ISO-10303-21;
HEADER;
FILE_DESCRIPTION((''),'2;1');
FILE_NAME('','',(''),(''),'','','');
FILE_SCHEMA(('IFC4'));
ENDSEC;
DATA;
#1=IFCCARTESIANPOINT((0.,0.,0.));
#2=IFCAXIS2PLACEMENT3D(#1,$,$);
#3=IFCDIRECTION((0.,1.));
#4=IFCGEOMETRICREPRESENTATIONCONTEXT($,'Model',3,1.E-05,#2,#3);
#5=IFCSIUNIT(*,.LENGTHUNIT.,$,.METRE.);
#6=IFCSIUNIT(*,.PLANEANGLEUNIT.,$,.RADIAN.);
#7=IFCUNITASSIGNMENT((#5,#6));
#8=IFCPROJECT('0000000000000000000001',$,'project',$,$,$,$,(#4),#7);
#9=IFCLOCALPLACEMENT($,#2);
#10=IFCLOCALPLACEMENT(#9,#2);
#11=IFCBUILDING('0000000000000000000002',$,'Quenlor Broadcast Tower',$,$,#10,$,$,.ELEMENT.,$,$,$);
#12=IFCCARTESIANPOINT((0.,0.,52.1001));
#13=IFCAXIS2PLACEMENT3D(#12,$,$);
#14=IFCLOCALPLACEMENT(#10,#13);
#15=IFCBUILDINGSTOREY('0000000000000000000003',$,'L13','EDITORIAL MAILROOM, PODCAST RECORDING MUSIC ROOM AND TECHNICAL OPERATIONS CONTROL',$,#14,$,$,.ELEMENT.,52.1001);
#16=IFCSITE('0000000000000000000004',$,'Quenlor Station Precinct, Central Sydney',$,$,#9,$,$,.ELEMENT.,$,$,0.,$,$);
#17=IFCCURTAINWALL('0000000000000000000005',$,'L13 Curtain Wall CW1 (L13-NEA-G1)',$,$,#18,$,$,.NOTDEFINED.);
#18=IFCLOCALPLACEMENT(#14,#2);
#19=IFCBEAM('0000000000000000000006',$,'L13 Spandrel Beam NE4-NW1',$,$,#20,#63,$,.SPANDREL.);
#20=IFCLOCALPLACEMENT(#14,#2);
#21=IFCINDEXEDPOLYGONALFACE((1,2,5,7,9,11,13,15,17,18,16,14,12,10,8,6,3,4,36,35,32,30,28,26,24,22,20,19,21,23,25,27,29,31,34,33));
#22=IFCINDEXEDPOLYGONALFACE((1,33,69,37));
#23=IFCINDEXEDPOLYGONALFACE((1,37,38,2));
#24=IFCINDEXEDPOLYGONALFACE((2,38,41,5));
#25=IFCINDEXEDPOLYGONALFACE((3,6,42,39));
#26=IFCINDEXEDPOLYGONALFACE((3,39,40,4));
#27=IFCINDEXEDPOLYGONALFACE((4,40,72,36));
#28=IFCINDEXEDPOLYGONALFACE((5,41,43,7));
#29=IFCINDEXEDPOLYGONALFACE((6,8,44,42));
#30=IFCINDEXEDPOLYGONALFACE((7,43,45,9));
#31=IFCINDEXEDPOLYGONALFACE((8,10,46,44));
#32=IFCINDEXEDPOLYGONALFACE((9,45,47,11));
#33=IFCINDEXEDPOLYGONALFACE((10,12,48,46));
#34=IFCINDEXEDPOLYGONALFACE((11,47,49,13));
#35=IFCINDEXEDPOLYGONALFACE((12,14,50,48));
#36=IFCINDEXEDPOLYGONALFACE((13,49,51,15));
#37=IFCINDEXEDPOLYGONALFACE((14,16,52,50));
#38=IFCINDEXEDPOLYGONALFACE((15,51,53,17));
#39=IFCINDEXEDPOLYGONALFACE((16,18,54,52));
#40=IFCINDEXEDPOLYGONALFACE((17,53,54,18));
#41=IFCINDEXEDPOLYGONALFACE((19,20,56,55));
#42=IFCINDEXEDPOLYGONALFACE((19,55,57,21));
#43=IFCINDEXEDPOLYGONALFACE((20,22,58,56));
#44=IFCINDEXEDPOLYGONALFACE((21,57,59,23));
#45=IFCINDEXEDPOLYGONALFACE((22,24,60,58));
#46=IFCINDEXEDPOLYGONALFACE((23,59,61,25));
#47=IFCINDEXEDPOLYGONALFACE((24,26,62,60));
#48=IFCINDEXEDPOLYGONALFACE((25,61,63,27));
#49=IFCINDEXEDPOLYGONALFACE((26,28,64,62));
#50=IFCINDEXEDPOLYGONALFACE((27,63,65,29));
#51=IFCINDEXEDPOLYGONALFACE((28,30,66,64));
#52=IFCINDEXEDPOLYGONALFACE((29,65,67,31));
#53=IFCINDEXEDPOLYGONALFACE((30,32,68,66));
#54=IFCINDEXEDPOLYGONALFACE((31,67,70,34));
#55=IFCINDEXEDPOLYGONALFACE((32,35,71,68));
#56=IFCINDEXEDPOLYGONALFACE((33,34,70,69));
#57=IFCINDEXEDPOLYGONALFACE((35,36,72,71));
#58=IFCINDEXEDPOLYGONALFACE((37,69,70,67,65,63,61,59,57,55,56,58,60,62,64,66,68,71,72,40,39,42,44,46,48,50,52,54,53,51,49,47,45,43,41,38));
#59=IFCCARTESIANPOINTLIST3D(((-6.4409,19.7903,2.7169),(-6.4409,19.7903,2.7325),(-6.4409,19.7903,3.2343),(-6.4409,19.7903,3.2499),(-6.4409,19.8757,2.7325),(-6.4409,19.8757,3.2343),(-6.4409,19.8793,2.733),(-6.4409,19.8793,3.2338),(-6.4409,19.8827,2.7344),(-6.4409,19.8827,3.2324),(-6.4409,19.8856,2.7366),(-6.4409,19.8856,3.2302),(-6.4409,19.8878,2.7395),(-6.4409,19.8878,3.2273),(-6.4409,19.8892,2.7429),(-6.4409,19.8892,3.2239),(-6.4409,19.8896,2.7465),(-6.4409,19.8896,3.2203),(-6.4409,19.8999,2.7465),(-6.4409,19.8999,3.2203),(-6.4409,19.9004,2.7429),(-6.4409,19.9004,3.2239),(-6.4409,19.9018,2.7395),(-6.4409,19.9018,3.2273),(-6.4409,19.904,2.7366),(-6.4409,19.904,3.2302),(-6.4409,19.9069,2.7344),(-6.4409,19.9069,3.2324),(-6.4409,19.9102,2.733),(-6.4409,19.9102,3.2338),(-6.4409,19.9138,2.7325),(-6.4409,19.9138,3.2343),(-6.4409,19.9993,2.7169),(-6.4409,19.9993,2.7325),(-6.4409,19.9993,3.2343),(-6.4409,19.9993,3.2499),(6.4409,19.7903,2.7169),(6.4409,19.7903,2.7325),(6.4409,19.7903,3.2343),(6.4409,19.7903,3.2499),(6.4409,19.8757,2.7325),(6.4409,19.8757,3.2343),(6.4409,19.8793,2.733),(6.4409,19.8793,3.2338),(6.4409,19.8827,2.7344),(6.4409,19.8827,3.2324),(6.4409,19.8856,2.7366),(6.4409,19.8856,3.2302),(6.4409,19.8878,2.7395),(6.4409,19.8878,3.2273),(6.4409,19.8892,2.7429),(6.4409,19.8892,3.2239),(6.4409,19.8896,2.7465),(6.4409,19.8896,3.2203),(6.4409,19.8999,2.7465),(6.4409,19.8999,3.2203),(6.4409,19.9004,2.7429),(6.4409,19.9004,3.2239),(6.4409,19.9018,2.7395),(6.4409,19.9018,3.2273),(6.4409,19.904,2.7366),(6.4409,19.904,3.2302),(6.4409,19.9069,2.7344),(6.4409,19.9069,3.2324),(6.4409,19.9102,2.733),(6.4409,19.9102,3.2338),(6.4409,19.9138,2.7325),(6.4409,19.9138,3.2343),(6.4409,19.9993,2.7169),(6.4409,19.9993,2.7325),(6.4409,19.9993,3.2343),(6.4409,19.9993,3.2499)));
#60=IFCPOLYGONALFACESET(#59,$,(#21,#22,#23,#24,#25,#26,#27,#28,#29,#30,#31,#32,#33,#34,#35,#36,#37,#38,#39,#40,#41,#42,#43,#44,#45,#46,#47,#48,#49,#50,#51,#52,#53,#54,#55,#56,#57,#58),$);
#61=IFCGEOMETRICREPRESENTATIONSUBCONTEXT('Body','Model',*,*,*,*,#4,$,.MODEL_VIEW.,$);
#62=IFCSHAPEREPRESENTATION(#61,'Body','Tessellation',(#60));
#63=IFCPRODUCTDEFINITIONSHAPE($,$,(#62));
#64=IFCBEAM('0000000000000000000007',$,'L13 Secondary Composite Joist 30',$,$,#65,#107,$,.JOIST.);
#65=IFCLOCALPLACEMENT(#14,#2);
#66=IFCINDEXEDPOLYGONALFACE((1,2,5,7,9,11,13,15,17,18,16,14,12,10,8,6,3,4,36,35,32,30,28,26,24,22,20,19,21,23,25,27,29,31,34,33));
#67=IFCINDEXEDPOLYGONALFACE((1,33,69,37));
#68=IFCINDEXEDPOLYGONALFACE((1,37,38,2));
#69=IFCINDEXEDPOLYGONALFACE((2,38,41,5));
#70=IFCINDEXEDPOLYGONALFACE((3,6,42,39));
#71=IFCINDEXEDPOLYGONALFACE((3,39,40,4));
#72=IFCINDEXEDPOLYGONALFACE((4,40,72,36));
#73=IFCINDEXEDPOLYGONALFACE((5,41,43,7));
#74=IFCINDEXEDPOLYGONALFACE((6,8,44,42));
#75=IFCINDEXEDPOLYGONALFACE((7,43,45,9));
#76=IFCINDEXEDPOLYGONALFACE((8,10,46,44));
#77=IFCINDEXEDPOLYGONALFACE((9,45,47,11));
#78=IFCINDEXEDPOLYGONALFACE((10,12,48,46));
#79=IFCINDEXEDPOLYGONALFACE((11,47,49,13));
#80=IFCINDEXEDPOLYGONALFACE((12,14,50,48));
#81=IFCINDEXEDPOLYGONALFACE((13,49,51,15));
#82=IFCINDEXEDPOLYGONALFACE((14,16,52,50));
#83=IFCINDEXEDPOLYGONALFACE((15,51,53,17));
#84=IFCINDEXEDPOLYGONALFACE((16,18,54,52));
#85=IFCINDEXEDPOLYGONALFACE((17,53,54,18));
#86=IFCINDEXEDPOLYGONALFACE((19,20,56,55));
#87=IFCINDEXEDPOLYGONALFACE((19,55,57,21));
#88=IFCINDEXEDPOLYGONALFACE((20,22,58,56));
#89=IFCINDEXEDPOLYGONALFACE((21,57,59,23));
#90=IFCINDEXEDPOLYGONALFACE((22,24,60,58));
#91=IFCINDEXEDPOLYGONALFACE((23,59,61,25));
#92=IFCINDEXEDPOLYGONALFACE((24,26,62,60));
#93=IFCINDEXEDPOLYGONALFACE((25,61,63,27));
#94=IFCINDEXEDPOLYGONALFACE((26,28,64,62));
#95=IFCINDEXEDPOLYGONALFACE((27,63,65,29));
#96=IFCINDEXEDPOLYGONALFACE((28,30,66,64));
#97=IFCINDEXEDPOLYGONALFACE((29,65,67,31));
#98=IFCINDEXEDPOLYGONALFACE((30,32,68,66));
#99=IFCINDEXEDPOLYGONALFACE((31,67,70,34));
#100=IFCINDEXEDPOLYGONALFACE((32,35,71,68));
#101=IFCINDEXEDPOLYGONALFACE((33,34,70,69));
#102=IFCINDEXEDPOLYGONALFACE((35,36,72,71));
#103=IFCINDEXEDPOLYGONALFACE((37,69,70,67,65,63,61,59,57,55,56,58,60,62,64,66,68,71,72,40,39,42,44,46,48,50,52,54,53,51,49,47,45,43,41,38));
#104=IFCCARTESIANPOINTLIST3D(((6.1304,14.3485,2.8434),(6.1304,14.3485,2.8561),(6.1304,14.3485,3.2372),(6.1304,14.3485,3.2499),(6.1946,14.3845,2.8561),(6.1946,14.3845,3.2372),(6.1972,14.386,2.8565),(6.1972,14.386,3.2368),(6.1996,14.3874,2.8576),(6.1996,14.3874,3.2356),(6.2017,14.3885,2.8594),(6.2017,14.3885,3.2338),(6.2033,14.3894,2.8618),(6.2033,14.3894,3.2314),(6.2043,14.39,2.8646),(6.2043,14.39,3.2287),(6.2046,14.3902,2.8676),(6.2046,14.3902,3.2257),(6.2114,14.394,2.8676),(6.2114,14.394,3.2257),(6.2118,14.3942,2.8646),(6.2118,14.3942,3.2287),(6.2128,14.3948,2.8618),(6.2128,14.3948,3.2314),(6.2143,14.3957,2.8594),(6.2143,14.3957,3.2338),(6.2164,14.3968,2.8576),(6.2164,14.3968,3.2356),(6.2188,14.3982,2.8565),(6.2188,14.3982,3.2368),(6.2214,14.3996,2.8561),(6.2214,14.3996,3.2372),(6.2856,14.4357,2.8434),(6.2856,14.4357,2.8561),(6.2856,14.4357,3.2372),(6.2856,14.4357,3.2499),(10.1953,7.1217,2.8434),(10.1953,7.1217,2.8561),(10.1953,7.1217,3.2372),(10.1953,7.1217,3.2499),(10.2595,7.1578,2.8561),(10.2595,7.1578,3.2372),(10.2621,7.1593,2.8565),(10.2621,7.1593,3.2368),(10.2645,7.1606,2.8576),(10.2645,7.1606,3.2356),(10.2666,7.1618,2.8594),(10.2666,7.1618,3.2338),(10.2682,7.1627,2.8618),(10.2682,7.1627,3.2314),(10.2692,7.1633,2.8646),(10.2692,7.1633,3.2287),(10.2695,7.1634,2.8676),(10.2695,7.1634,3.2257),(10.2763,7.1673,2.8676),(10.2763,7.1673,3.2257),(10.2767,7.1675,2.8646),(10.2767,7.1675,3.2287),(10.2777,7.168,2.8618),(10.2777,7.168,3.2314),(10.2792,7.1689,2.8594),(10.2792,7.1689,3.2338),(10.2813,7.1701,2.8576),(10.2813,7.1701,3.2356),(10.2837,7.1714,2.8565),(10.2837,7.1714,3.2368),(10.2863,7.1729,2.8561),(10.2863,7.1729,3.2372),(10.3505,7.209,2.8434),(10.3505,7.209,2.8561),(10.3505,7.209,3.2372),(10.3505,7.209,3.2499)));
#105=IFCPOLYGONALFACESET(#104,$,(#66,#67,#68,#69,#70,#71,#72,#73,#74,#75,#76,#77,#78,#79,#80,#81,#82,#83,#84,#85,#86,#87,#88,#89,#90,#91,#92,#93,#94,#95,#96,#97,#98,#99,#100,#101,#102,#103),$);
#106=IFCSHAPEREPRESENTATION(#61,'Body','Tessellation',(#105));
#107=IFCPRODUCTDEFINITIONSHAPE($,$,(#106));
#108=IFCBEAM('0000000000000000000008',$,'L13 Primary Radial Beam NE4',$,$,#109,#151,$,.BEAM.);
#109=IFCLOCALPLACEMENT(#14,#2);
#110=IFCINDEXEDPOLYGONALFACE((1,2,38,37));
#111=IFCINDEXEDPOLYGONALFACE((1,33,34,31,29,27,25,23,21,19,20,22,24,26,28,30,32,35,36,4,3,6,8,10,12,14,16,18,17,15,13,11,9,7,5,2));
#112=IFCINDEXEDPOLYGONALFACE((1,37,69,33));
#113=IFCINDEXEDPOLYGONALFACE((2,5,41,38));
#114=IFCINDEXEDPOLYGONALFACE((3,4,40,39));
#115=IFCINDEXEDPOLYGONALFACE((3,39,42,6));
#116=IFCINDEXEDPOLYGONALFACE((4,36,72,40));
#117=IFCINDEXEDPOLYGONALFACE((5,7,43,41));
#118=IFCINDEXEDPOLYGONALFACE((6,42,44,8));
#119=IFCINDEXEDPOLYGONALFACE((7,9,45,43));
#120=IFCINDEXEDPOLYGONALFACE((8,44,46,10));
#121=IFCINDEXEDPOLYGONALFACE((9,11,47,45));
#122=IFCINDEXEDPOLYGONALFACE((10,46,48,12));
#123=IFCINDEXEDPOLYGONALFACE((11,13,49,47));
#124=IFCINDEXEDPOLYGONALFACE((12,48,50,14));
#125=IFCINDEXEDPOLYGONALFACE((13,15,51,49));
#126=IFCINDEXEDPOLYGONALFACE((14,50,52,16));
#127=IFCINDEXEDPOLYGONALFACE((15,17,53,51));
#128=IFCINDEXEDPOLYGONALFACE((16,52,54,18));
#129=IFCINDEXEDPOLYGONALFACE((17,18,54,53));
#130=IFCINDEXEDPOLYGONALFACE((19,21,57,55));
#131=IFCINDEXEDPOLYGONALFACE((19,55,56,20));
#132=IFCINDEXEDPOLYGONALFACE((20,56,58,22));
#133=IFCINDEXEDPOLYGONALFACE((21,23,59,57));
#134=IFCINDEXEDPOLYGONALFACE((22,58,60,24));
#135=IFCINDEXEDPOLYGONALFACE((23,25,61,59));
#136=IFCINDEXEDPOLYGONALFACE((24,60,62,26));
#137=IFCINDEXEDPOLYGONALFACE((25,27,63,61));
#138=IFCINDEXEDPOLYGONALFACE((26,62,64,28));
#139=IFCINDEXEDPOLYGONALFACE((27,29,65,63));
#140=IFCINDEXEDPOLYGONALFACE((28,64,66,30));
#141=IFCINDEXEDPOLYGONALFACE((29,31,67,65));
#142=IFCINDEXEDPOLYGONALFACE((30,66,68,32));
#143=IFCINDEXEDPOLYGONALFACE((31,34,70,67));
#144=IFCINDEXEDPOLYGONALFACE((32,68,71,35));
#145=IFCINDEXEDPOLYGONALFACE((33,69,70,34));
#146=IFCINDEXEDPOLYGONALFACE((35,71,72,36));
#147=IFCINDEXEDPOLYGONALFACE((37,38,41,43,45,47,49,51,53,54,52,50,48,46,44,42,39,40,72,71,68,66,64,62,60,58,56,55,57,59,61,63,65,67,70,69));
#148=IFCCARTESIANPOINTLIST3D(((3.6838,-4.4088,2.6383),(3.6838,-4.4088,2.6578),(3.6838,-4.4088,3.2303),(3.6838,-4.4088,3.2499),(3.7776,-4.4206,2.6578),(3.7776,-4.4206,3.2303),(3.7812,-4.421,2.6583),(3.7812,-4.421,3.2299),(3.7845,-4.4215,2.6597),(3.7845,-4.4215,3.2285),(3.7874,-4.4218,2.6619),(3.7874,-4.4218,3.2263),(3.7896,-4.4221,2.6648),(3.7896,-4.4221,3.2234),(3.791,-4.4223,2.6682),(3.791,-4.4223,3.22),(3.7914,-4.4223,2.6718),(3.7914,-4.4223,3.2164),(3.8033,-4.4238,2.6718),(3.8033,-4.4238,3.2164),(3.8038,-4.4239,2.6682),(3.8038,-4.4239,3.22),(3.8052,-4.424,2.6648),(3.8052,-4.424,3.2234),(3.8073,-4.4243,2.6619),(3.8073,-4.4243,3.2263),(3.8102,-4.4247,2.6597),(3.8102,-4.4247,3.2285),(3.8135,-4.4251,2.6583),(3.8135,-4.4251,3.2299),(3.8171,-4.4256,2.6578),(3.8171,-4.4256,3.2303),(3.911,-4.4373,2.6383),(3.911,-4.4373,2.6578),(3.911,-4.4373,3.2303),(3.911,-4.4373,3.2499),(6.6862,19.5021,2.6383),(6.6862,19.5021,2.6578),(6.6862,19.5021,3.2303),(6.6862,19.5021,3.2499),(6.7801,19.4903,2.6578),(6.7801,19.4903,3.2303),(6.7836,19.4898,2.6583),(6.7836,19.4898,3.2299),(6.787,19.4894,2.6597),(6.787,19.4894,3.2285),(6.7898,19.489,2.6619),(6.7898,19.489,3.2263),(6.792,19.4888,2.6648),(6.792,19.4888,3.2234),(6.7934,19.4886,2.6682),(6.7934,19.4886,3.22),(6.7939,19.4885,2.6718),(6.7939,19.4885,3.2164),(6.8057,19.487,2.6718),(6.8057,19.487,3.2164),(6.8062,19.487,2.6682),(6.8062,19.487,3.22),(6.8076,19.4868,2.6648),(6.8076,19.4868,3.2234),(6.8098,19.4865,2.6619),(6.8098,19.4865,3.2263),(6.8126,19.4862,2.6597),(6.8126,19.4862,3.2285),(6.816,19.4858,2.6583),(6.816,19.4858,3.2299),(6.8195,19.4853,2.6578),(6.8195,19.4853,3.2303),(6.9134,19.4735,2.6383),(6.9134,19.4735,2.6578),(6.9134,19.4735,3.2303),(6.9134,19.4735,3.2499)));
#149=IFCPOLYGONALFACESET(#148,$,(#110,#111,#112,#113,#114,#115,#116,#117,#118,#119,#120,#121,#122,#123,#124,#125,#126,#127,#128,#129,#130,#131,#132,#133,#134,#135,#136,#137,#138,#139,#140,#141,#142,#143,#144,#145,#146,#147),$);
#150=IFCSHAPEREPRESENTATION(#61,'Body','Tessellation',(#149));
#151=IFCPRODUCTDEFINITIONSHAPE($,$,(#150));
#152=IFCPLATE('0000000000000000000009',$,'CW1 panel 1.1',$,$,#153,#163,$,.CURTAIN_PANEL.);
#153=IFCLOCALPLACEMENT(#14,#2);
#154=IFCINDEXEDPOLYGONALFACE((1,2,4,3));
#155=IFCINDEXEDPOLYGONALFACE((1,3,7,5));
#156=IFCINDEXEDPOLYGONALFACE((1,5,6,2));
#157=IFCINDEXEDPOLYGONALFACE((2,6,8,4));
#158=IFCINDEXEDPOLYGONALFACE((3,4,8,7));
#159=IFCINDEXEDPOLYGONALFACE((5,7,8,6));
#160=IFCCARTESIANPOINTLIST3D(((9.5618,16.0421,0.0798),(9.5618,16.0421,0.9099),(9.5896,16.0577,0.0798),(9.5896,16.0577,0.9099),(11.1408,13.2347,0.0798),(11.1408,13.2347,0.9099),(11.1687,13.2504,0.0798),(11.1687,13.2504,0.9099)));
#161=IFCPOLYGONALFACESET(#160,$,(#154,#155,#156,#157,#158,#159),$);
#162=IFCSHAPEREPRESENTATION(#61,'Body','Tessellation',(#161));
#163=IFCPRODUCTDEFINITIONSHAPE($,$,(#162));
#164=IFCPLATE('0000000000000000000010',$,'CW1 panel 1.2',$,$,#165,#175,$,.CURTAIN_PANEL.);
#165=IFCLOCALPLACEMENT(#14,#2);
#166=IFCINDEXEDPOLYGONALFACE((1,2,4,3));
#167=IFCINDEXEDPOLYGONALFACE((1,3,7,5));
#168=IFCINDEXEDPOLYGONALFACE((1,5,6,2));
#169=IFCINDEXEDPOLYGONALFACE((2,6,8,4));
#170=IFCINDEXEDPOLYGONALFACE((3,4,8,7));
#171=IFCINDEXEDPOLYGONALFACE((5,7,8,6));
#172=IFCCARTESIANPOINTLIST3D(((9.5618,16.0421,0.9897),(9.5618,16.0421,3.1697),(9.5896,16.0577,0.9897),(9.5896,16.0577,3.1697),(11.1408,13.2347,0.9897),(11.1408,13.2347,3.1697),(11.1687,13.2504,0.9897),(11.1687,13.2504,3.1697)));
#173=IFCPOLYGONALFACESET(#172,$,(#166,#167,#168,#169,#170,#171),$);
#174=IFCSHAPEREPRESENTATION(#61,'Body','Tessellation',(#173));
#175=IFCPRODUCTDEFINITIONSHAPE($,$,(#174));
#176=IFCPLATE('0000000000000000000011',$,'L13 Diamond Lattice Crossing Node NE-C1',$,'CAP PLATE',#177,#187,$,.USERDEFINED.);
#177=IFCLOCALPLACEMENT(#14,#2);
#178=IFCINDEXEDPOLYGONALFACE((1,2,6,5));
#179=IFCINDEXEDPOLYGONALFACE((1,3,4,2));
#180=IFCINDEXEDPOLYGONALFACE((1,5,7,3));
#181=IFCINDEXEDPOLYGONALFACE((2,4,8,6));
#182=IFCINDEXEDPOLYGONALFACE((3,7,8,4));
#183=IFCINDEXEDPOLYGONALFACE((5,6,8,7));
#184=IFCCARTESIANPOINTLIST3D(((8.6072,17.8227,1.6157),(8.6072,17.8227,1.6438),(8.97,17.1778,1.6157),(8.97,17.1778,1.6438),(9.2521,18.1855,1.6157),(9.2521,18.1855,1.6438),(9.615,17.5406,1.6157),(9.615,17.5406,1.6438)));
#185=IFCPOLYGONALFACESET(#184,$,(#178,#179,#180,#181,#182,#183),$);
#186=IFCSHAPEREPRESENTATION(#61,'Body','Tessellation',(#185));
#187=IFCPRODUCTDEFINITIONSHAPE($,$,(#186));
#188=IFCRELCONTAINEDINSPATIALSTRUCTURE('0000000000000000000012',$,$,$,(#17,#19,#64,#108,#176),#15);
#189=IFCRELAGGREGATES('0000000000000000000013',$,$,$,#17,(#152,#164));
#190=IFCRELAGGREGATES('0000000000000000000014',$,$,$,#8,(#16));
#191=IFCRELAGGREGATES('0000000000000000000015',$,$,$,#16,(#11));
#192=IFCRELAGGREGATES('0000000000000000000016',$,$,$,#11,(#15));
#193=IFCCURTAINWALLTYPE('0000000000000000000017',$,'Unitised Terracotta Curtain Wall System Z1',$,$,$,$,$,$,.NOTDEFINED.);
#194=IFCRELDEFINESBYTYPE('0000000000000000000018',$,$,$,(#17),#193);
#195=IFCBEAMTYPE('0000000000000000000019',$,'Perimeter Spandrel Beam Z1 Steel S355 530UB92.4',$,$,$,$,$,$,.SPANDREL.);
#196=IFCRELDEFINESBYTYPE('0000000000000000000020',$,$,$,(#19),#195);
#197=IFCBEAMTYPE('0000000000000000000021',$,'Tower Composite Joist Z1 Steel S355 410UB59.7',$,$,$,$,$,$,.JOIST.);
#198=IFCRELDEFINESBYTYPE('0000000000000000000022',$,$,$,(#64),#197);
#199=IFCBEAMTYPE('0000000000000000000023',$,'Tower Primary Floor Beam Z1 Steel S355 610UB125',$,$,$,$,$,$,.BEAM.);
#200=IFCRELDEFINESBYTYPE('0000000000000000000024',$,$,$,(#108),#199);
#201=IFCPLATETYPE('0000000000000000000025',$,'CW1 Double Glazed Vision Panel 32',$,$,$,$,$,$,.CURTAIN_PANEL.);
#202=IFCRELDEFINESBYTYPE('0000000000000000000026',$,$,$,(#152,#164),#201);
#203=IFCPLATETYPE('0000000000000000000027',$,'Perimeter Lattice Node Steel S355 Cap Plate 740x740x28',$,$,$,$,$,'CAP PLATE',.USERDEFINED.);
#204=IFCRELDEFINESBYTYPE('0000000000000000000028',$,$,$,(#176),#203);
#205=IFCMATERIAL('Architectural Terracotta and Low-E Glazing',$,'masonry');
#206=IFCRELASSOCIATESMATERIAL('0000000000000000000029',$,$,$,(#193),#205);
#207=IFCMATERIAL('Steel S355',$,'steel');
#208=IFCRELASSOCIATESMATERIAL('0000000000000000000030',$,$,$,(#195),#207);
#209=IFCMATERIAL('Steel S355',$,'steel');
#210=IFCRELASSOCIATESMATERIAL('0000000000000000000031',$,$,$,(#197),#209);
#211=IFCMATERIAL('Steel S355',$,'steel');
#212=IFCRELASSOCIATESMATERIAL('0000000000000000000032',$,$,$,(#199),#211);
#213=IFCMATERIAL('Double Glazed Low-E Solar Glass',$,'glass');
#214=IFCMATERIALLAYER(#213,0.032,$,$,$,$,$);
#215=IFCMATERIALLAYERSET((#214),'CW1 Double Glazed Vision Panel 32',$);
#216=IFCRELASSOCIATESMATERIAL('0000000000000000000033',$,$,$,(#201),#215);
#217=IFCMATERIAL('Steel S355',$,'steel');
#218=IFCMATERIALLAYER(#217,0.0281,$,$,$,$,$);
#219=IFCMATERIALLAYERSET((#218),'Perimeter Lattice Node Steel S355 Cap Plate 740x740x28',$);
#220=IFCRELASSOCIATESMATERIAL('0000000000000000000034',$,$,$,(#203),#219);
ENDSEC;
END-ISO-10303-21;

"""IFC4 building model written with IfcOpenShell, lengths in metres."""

from ifc_helpers import new_model, si_unit, direction, frame, origin, origin_2d, place, context, subcontext, project, spatial, rectangle, i_section, extrude, material, layer, layer_set, material_profile, profile_set, type_object, element, aggregate, save


model = new_model("IFC4")

# Units and contexts
model_context = context("Model", 3, precision=1e-05, world=origin(), true_north=direction((0.0, 1.0)))
body_context = subcontext(model_context, "Body", "Model", "MODEL_VIEW")
ifc_project = project(units=[si_unit("LENGTHUNIT", "METRE"), si_unit("PLANEANGLEUNIT", "RADIAN")], contexts=[model_context])

# Site, building, storey
site_placement = place(None, origin())
site = spatial("IfcSite", under=ifc_project, at=site_placement, Name="Quenlor Station Precinct, Central Sydney", CompositionType="ELEMENT", RefElevation=0.0)
building_placement = place(site_placement, origin())
building = spatial("IfcBuilding", under=site, at=building_placement, Name="Quenlor Broadcast Tower", CompositionType="ELEMENT")
storey_placement = place(building_placement, frame((0.0, 0.0, 52.1001)))
storey = spatial("IfcBuildingStorey", under=building, at=storey_placement, Name="L13", Description="EDITORIAL MAILROOM, PODCAST RECORDING MUSIC ROOM AND TECHNICAL OPERATIONS CONTROL", CompositionType="ELEMENT", Elevation=52.1001)

# Curtain wall
ifc_material_1 = material(Name="Architectural Terracotta and Low-E Glazing", Category="masonry")
curtain_wall_type = type_object("IfcCurtainWallType", Name="Unitised Terracotta Curtain Wall System Z1", PredefinedType="NOTDEFINED", material=ifc_material_1)
curtain_wall_placement = place(storey_placement, origin())
curtain_wall = element("IfcCurtainWall", 1, at=curtain_wall_placement, inside=storey, type_object=curtain_wall_type, Name="L13 Curtain Wall CW1 (L13-NEA-G1)", PredefinedType="NOTDEFINED")

# Beams
ifc_material_2 = material(Name="Steel S355", Category="steel")
ifc_material_profile_1 = material_profile(ifc_material_2, i_section(OverallWidth=0.209, OverallDepth=0.533, WebThickness=0.0103, FlangeThickness=0.0156, FilletRadius=0.0139, at=origin_2d()))
ifc_profile_set_1 = profile_set([ifc_material_profile_1], Name="Steel S355 530UB92.4")
beam_type_1 = type_object("IfcBeamType", Name="Perimeter Spandrel Beam Z1 Steel S355 530UB92.4", PredefinedType="SPANDREL", material=ifc_profile_set_1)
beam_1_placement = place(storey_placement, frame((6.4409, 19.8948, 2.9834), z_axis=(-1.0, 0.0, 0.0), x_axis=(0.0, -1.0, 0.0)))
element("IfcBeam", 2, at=beam_1_placement, inside=storey, type_object=beam_type_1, Name="L13 Spandrel Beam NE4-NW1", PredefinedType="SPANDREL", context=body_context, shape_type="SweptSolid", body=[
    extrude(i_section(OverallWidth=0.209, OverallDepth=0.533, WebThickness=0.0103, FlangeThickness=0.0156, FilletRadius=0.0139, at=origin_2d()), origin(), (0.0, 0.0, 1.0), 12.8818),
])
ifc_material_3 = material(Name="Steel S355", Category="steel")
ifc_material_profile_2 = material_profile(ifc_material_3, i_section(OverallWidth=0.178, OverallDepth=0.4065, WebThickness=0.0078, FlangeThickness=0.0127, FilletRadius=0.0115, at=origin_2d()))
ifc_profile_set_2 = profile_set([ifc_material_profile_2], Name="Steel S355 410UB59.7")
beam_type_2 = type_object("IfcBeamType", Name="Tower Composite Joist Z1 Steel S355 410UB59.7", PredefinedType="JOIST", material=ifc_profile_set_2)
beam_2_placement = place(storey_placement, frame((6.208, 14.3921, 3.0466), z_axis=(0.490249, -0.871583, 0.0), x_axis=(0.871583, 0.490249, 0.0)))
element("IfcBeam", 3, at=beam_2_placement, inside=storey, type_object=beam_type_2, Name="L13 Secondary Composite Joist 30", PredefinedType="JOIST", context=body_context, shape_type="SweptSolid", body=[
    extrude(i_section(OverallWidth=0.178, OverallDepth=0.4065, WebThickness=0.0078, FlangeThickness=0.0127, FilletRadius=0.0115, at=origin_2d()), origin(), (0.0, 0.0, 1.0), 8.2915),
])
ifc_material_4 = material(Name="Steel S355", Category="steel")
ifc_material_profile_3 = material_profile(ifc_material_4, i_section(OverallWidth=0.229, OverallDepth=0.6116, WebThickness=0.012, FlangeThickness=0.0195, FilletRadius=0.0139, at=origin_2d()))
ifc_profile_set_3 = profile_set([ifc_material_profile_3], Name="Steel S355 610UB125")
beam_type_3 = type_object("IfcBeamType", Name="Tower Primary Floor Beam Z1 Steel S355 610UB125", PredefinedType="BEAM", material=ifc_profile_set_3)
beam_3_placement = place(storey_placement, frame((6.7998, 19.4878, 2.9441), z_axis=(-0.12459, -0.992208, 0.0), x_axis=(0.992208, -0.12459, 0.0)))
element("IfcBeam", 4, at=beam_3_placement, inside=storey, type_object=beam_type_3, Name="L13 Primary Radial Beam NE4", PredefinedType="BEAM", context=body_context, shape_type="SweptSolid", body=[
    extrude(i_section(OverallWidth=0.229, OverallDepth=0.6116, WebThickness=0.012, FlangeThickness=0.0195, FilletRadius=0.0139, at=origin_2d()), origin(), (0.0, 0.0, 1.0), 24.0986),
])

# Plates
ifc_material_5 = material(Name="Double Glazed Low-E Solar Glass", Category="glass")
ifc_layer_1 = layer(ifc_material_5, 0.032)
ifc_layer_set_1 = layer_set([ifc_layer_1], Name="CW1 Double Glazed Vision Panel 32")
plate_type_1 = type_object("IfcPlateType", Name="CW1 Double Glazed Vision Panel 32", PredefinedType="CURTAIN_PANEL", material=ifc_layer_set_1)
plate_1_placement = place(storey_placement, frame((10.3652, 14.6462, 0.0798), z_axis=(0.0, 0.0, 1.0), x_axis=(0.490244, -0.871585, 0.0)))
plate_1 = element("IfcPlate", 5, at=plate_1_placement, type_object=plate_type_1, Name="CW1 panel 1.1", PredefinedType="CURTAIN_PANEL", context=body_context, shape_type="SweptSolid", body=[
    extrude(rectangle(XDim=3.2209, YDim=0.032, at=origin_2d()), origin(), (0.0, 0.0, 1.0), 0.8301),
])
plate_2_placement = place(storey_placement, frame((10.3652, 14.6462, 0.9897), z_axis=(0.0, 0.0, 1.0), x_axis=(0.490244, -0.871585, 0.0)))
plate_2 = element("IfcPlate", 6, at=plate_2_placement, type_object=plate_type_1, Name="CW1 panel 1.2", PredefinedType="CURTAIN_PANEL", context=body_context, shape_type="SweptSolid", body=[
    extrude(rectangle(XDim=3.2209, YDim=0.032, at=origin_2d()), origin(), (0.0, 0.0, 1.0), 2.1799),
])
aggregate(curtain_wall, [plate_1, plate_2])

# Plate
ifc_material_6 = material(Name="Steel S355", Category="steel")
ifc_layer_2 = layer(ifc_material_6, 0.0281)
ifc_layer_set_2 = layer_set([ifc_layer_2], Name="Perimeter Lattice Node Steel S355 Cap Plate 740x740x28")
plate_type_2 = type_object("IfcPlateType", Name="Perimeter Lattice Node Steel S355 Cap Plate 740x740x28", ElementType="CAP PLATE", PredefinedType="USERDEFINED", material=ifc_layer_set_2)
plate_3_placement = place(storey_placement, frame((9.1111, 17.6816, 1.6157), z_axis=(0.0, 0.0, 1.0), x_axis=(0.490295, -0.871556, 0.0)))
element("IfcPlate", 7, at=plate_3_placement, inside=storey, type_object=plate_type_2, Name="L13 Diamond Lattice Crossing Node NE-C1", ObjectType="CAP PLATE", PredefinedType="USERDEFINED", context=body_context, shape_type="SweptSolid", body=[
    extrude(rectangle(XDim=0.74, YDim=0.74, at=origin_2d()), origin(), (0.0, 0.0, 1.0), 0.0281),
])

save(model, "model.ifc")
